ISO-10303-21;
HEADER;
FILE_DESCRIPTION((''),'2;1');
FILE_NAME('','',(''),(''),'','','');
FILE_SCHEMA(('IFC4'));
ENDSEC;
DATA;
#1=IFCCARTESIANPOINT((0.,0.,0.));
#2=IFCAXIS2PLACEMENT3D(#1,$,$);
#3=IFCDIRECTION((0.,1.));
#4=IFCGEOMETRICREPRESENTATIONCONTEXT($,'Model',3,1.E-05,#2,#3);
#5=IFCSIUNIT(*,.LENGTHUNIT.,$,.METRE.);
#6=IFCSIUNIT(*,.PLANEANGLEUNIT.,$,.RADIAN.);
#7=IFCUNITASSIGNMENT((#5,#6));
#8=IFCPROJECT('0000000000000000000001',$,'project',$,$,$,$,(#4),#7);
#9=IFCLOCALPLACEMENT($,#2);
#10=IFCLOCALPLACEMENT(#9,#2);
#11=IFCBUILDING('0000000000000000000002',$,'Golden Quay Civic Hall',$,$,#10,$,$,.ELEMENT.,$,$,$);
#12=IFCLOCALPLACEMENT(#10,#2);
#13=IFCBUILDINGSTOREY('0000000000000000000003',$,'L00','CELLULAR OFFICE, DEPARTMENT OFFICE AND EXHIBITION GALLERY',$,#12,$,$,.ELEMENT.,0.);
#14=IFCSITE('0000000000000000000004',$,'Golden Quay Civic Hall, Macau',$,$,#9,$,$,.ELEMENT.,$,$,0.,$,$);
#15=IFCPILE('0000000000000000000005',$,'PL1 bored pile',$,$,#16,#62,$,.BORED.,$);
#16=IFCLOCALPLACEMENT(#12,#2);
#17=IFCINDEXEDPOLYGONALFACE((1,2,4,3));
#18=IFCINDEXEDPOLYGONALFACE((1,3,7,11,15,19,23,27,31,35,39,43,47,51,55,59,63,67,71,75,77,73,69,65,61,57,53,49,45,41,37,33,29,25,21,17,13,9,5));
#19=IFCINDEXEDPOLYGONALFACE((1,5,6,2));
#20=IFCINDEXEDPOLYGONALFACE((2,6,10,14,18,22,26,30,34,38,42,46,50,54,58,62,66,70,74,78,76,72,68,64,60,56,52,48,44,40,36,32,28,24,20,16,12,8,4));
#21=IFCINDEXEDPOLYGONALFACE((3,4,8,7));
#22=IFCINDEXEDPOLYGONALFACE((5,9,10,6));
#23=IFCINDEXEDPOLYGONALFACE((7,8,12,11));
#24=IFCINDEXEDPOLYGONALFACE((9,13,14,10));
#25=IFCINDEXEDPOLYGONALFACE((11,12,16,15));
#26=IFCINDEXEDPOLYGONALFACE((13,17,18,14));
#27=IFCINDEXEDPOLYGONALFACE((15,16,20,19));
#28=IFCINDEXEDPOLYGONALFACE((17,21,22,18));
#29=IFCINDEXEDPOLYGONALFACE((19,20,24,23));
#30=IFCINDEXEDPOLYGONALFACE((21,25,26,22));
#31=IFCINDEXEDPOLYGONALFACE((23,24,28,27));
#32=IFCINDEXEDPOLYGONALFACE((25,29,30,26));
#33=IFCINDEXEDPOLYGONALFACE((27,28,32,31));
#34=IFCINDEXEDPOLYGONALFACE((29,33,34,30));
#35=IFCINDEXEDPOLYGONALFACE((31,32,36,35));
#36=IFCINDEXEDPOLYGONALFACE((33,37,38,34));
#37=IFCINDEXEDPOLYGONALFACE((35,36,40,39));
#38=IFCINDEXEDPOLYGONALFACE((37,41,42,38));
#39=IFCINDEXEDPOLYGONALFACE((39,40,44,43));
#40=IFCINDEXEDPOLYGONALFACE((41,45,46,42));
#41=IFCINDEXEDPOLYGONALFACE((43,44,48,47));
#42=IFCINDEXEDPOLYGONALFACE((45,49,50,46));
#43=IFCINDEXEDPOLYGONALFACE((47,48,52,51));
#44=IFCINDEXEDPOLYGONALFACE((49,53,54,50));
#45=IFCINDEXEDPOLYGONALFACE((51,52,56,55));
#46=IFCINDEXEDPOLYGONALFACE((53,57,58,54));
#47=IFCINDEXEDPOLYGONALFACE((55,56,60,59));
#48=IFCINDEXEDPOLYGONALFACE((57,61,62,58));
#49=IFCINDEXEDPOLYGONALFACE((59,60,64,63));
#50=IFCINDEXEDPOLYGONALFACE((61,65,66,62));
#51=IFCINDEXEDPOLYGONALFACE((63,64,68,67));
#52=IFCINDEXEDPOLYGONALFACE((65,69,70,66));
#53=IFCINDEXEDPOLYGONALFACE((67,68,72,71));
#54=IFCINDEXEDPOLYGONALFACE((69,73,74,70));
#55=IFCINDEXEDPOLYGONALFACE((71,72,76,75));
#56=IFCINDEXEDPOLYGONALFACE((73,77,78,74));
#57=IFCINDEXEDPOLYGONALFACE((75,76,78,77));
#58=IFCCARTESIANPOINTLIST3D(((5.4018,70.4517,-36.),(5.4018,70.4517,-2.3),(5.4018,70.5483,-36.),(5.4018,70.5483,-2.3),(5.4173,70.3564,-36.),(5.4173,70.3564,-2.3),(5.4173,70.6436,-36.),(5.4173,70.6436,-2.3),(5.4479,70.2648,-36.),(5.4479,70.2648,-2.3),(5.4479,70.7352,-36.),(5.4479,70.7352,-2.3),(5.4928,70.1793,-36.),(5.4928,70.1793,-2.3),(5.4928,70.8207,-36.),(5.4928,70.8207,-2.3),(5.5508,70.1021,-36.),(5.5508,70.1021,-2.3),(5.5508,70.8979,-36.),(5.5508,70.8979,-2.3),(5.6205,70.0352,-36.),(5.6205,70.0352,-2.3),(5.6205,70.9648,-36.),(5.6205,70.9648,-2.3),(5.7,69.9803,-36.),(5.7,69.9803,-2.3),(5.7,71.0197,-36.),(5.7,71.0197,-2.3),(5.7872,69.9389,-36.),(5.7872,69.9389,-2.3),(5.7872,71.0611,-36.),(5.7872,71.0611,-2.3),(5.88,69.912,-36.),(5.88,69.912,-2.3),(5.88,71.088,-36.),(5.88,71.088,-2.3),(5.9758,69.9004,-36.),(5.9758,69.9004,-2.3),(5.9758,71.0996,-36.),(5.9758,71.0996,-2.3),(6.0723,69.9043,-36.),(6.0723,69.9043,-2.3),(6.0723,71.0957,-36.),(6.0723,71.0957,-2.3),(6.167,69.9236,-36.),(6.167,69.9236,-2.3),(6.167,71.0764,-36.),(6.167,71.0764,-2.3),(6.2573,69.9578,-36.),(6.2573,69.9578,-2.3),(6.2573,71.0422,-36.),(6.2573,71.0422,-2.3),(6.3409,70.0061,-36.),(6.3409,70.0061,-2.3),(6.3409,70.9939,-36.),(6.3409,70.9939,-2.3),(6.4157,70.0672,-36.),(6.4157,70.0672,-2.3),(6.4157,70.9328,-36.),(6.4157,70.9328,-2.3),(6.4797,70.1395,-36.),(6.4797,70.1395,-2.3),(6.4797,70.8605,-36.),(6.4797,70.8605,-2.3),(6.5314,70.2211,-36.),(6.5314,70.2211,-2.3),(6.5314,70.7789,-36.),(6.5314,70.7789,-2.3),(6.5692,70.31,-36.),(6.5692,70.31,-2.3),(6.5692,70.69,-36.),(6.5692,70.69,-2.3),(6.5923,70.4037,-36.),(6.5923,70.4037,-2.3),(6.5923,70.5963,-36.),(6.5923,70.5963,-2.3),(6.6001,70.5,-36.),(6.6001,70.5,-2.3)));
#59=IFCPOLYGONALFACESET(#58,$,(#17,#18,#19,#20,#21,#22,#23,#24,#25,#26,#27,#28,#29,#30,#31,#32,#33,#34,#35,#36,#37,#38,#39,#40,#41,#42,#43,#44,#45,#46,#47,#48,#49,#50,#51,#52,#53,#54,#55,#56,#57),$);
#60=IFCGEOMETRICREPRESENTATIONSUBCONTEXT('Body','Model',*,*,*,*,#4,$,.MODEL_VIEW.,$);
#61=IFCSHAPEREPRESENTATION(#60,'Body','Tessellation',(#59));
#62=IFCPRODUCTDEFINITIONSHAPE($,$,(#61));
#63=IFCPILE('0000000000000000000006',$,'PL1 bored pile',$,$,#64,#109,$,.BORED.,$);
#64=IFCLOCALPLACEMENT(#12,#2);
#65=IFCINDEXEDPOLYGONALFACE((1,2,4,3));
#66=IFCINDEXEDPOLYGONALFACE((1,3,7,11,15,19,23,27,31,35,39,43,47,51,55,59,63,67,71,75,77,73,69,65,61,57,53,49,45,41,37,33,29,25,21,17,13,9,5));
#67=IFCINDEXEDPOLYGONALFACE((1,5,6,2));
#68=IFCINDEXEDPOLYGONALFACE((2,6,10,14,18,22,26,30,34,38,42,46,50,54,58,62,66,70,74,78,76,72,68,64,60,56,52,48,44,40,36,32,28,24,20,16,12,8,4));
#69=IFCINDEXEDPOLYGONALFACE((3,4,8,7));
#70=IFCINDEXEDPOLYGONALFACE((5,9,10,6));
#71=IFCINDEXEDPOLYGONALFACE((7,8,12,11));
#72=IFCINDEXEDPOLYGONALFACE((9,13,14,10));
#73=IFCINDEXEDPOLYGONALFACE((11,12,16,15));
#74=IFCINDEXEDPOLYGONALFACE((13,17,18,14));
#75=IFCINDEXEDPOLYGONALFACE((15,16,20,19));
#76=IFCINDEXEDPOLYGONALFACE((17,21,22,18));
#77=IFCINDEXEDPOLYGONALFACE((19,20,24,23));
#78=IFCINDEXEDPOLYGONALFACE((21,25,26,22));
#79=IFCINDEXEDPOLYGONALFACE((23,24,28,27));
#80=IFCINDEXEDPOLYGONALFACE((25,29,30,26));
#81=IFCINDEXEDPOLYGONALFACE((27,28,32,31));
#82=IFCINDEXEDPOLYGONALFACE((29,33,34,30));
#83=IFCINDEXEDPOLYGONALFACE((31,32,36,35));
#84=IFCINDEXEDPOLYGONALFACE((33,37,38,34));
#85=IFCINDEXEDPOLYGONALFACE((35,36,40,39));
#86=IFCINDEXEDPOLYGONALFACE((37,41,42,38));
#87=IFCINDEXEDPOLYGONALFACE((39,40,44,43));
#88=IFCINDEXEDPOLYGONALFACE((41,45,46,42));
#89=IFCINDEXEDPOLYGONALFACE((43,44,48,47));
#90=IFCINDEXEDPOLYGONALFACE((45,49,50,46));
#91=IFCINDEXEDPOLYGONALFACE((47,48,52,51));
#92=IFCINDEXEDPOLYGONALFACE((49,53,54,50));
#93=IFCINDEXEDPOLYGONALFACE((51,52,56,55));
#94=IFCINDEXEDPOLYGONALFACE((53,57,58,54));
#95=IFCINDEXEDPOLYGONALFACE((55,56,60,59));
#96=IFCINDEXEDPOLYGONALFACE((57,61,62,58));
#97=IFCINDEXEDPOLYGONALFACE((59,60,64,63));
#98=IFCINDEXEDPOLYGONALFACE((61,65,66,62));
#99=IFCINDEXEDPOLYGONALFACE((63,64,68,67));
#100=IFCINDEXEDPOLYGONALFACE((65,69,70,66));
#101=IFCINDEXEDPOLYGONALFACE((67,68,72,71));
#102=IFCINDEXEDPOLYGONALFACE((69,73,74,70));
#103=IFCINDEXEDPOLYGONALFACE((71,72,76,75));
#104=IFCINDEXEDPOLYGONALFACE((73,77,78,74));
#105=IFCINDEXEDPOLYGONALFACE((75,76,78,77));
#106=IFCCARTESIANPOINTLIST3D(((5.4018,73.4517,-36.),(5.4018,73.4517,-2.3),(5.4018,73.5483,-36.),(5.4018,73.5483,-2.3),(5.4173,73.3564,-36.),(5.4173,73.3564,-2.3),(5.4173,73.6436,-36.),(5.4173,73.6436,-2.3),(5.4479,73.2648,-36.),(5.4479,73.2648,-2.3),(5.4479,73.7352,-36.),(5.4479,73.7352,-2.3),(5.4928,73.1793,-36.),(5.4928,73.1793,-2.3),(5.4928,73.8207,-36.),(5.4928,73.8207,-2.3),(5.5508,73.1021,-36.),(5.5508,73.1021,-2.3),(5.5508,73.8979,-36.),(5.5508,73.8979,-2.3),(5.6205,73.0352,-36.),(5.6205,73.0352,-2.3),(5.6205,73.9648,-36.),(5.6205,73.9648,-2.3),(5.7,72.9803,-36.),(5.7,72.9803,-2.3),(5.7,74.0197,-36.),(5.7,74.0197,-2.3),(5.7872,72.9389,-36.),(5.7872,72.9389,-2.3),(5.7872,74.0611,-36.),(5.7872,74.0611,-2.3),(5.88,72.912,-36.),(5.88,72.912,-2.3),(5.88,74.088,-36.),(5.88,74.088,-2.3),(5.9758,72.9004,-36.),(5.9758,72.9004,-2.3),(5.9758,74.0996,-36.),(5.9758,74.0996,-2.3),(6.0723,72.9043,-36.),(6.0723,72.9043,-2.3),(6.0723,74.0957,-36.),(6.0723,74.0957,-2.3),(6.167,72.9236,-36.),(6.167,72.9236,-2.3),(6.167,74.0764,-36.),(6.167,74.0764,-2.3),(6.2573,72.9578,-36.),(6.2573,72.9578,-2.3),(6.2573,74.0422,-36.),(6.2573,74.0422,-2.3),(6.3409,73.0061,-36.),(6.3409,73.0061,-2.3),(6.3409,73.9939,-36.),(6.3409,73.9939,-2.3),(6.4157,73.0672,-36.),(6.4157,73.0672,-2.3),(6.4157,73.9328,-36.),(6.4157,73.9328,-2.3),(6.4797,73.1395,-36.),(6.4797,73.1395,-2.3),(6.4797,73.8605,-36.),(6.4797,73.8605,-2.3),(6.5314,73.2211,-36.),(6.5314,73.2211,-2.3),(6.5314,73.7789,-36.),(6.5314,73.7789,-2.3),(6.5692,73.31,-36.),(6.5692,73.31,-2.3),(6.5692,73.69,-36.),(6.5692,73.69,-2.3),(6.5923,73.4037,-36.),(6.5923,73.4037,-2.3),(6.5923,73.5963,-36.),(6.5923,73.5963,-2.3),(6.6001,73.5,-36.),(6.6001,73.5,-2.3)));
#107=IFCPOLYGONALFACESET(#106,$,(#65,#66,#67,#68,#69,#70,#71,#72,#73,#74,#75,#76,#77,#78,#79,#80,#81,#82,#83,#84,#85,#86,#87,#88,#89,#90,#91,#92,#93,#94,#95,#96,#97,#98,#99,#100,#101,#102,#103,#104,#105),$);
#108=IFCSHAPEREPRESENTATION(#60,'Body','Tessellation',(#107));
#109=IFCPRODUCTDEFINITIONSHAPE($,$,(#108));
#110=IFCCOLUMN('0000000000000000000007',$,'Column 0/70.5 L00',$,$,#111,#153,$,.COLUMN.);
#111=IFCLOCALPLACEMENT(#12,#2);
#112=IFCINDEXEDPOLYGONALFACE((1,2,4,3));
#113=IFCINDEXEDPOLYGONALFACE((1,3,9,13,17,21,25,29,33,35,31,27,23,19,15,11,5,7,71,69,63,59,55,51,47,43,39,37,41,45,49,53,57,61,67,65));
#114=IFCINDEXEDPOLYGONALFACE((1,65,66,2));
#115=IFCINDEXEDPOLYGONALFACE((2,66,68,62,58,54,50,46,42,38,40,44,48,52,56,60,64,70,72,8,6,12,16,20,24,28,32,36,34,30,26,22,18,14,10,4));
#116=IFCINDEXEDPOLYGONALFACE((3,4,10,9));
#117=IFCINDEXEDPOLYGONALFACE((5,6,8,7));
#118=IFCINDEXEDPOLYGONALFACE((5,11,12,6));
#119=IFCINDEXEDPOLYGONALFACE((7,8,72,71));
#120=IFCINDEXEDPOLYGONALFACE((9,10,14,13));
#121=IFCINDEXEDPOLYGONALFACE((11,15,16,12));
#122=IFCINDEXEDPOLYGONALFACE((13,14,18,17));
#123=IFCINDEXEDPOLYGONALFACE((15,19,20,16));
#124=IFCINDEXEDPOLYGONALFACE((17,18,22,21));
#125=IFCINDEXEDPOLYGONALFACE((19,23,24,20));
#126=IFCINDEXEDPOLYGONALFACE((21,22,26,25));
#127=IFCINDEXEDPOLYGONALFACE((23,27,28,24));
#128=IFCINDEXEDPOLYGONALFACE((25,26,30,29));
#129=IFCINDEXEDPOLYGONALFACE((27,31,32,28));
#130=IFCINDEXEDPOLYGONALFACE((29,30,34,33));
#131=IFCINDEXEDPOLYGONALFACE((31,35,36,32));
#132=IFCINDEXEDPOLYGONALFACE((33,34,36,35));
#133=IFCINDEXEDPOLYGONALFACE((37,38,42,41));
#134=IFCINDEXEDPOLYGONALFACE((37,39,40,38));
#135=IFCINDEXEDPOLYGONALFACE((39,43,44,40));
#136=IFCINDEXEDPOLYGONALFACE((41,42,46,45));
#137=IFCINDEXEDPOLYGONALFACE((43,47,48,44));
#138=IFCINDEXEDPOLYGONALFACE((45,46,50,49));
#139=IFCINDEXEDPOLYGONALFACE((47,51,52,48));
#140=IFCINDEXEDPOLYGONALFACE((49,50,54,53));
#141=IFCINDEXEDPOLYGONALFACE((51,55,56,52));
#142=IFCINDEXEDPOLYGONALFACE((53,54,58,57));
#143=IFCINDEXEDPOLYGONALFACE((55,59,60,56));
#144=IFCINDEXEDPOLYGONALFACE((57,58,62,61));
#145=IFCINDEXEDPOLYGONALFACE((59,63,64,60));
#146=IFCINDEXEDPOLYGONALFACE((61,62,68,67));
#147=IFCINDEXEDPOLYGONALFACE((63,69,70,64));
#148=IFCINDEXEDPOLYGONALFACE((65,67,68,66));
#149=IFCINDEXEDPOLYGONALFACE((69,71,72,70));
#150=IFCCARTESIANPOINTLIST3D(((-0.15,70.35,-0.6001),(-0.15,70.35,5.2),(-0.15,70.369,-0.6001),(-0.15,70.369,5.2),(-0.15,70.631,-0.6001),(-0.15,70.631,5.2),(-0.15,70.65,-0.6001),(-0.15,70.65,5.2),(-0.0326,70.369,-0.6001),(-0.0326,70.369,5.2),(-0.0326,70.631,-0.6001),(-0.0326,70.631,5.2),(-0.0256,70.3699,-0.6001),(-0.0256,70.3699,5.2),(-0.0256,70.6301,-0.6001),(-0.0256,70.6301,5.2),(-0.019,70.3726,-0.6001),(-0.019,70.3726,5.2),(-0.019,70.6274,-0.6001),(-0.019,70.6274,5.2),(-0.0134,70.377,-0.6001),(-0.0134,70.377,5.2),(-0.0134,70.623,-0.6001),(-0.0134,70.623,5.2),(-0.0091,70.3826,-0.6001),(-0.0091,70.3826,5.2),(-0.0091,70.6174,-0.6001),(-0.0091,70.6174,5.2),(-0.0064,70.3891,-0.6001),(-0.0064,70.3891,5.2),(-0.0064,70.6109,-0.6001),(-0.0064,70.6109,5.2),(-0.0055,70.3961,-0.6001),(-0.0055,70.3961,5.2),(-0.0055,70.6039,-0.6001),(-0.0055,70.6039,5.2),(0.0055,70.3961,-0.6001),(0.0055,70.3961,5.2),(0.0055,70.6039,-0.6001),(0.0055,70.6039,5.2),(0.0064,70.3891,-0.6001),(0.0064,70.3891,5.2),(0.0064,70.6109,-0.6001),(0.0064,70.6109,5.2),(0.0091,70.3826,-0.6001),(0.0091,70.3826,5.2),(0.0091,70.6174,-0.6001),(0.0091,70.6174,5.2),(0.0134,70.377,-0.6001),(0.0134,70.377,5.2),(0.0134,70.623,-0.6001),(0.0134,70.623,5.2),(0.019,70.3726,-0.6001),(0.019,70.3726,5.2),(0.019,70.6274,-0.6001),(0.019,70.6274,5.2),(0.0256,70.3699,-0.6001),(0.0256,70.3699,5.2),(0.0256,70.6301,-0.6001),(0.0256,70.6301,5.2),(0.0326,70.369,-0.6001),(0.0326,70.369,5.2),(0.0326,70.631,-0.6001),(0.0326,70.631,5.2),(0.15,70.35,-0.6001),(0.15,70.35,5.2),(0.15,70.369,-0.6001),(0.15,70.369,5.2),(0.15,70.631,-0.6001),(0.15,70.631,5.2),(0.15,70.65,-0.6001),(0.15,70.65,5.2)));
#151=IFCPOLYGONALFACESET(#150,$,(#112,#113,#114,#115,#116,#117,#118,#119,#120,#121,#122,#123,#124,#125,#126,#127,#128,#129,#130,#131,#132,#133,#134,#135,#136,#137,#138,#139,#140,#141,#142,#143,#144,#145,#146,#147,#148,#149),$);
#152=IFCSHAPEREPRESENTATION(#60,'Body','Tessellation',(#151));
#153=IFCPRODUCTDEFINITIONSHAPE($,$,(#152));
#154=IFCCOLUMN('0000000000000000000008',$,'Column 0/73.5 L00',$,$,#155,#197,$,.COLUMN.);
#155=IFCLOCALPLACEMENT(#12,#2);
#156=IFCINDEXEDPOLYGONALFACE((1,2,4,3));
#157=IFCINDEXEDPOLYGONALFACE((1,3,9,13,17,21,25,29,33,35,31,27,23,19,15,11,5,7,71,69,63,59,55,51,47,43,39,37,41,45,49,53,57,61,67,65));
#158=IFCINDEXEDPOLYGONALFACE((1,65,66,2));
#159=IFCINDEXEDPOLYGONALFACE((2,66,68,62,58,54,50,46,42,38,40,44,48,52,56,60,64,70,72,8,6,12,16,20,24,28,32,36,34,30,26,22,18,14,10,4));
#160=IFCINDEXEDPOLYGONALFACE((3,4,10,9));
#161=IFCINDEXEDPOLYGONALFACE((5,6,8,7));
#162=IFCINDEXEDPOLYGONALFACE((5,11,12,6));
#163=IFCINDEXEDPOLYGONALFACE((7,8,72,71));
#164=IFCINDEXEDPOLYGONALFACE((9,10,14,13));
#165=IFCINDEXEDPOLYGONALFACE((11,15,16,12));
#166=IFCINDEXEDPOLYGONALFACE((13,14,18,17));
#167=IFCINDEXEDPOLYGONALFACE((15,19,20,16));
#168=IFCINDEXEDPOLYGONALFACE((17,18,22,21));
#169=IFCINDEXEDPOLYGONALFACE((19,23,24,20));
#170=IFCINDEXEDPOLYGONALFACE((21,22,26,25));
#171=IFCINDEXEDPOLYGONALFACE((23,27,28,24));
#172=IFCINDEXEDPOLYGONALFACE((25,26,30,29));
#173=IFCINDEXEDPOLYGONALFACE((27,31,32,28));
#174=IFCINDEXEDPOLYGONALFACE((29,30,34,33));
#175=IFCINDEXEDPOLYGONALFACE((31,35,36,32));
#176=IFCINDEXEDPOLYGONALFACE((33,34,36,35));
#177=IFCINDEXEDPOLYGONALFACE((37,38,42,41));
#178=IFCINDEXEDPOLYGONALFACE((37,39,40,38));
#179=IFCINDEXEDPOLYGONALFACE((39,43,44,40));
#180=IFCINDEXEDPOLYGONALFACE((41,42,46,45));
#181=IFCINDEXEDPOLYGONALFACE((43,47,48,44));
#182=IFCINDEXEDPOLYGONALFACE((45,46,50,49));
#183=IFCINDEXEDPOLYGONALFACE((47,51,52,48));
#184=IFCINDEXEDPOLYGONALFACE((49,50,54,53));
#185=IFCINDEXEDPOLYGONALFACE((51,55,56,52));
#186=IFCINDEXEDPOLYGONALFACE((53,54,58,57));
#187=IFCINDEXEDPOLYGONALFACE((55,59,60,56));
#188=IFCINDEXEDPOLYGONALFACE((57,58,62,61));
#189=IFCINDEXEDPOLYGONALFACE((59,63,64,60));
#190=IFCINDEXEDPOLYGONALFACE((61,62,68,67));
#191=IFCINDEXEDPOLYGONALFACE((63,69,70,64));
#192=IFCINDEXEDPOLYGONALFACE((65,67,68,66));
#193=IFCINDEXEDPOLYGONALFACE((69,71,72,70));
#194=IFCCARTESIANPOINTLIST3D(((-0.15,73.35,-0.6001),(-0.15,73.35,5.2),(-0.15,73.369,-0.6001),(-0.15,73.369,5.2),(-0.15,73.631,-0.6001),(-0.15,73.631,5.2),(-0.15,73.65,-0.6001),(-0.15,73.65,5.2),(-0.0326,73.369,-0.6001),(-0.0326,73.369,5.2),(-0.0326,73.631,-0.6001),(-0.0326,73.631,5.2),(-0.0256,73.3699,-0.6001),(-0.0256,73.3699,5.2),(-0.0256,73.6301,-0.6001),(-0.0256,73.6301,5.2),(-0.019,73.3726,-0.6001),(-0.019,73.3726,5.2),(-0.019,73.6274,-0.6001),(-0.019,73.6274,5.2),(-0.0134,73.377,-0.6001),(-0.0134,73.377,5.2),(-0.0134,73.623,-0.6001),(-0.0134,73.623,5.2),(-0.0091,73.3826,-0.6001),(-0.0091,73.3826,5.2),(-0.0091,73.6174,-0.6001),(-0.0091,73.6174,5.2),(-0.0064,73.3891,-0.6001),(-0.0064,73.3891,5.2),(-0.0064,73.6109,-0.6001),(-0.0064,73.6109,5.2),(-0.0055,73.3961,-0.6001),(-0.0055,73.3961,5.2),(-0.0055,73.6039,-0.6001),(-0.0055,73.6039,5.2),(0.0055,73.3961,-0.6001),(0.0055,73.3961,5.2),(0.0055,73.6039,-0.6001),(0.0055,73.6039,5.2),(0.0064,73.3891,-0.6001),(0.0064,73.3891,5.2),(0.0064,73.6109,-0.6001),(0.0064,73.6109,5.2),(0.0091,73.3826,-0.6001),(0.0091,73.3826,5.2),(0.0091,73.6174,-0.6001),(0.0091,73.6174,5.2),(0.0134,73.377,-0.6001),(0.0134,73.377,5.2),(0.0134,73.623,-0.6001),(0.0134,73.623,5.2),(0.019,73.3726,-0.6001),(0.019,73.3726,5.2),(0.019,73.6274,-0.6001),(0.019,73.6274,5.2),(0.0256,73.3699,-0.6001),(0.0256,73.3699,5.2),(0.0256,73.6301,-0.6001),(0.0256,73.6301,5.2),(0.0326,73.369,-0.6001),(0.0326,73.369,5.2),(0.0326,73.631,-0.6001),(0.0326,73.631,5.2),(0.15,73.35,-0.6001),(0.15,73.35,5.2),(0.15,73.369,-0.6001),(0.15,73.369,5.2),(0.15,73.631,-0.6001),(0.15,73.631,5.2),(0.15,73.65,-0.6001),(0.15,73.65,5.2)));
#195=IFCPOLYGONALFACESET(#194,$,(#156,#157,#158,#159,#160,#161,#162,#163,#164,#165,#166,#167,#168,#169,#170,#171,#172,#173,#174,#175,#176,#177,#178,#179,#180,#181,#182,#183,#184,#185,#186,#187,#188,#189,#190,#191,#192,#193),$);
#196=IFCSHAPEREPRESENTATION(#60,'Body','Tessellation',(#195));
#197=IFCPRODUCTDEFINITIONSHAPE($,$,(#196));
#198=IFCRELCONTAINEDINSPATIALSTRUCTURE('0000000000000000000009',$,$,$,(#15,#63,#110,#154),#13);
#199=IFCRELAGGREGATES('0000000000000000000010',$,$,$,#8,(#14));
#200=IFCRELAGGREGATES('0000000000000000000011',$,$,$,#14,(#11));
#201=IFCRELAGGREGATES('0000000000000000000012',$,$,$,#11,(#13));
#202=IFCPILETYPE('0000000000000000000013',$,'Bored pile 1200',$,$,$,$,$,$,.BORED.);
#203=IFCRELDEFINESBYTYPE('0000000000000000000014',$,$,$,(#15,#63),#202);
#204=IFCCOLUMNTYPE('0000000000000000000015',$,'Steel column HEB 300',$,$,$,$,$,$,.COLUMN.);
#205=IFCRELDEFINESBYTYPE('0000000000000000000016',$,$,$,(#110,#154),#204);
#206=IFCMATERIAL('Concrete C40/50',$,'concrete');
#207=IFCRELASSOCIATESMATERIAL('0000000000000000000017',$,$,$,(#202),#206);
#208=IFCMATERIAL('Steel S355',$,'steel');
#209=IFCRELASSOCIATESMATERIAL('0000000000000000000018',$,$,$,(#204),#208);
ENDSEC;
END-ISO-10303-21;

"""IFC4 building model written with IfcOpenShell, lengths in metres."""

from ifc_helpers import new_model, si_unit, direction, frame, origin, origin_2d, place, context, subcontext, project, spatial, circle, i_section, extrude, material, material_profile, profile_set, type_object, element, save


model = new_model("IFC4")

# Units and contexts
model_context = context("Model", 3, precision=1e-05, world=origin(), true_north=direction((0.0, 1.0)))
body_context = subcontext(model_context, "Body", "Model", "MODEL_VIEW")
ifc_project = project(units=[si_unit("LENGTHUNIT", "METRE"), si_unit("PLANEANGLEUNIT", "RADIAN")], contexts=[model_context])

# Site, building, storey
site_placement = place(None, origin())
site = spatial("IfcSite", under=ifc_project, at=site_placement, Name="Golden Quay Civic Hall, Macau", CompositionType="ELEMENT", RefElevation=0.0)
building_placement = place(site_placement, origin())
building = spatial("IfcBuilding", under=site, at=building_placement, Name="Golden Quay Civic Hall", CompositionType="ELEMENT")
storey_placement = place(building_placement, origin())
storey = spatial("IfcBuildingStorey", under=building, at=storey_placement, Name="L00", Description="CELLULAR OFFICE, DEPARTMENT OFFICE AND EXHIBITION GALLERY", CompositionType="ELEMENT", Elevation=0.0)

# Piles
ifc_material_1 = material(Name="Concrete C40/50", Category="concrete")
ifc_material_profile_1 = material_profile(ifc_material_1, circle(Radius=0.6001, at=origin_2d()), Name="RC D1200")
ifc_profile_set_1 = profile_set([ifc_material_profile_1], Name="Concrete C40/50")
pile_type = type_object("IfcPileType", Name="Bored pile 1200", PredefinedType="BORED", material=ifc_profile_set_1)
for number, where, z_axis, x_axis, name in (
    (1, (6.0, 70.5, -2.3), (0.0, 0.0, -1.0), (1.0, 0.0, 0.0), "PL1 bored pile"),
    (2, (6.0, 73.5, -2.3), (0.0, 0.0, -1.0), (1.0, 0.0, 0.0), "PL1 bored pile"),
):
    element("IfcPile", number, at=place(storey_placement, frame(where, z_axis=z_axis, x_axis=x_axis)), inside=storey, type_object=pile_type, Name=name, PredefinedType="BORED", context=body_context, shape_type="SweptSolid", body=[
        extrude(circle(Radius=0.6001, at=origin_2d()), origin(), (0.0, 0.0, 1.0), 33.7),
    ])

# Columns
ifc_material_2 = material(Name="Steel S355", Category="steel")
ifc_material_profile_2 = material_profile(ifc_material_2, i_section(OverallWidth=0.3, OverallDepth=0.3, WebThickness=0.011, FlangeThickness=0.019, FilletRadius=0.0271, at=origin_2d()), Name="HEB 300")
ifc_profile_set_2 = profile_set([ifc_material_profile_2], Name="Steel S355")
column_type_1 = type_object("IfcColumnType", Name="Steel column HEB 300", PredefinedType="COLUMN", material=ifc_profile_set_2)
for number, where, z_axis, x_axis, name in (
    (3, (0.0, 70.5, -0.6001), (0.0, 0.0, 1.0), (1.0, 0.0, 0.0), "Column 0/70.5 L00"),
    (4, (0.0, 73.5, -0.6001), (0.0, 0.0, 1.0), (1.0, 0.0, 0.0), "Column 0/73.5 L00"),
):
    element("IfcColumn", number, at=place(storey_placement, frame(where, z_axis=z_axis, x_axis=x_axis)), inside=storey, type_object=column_type_1, Name=name, PredefinedType="COLUMN", context=body_context, shape_type="SweptSolid", body=[
        extrude(i_section(OverallWidth=0.3, OverallDepth=0.3, WebThickness=0.011, FlangeThickness=0.019, FilletRadius=0.0271, at=origin_2d()), origin(), (0.0, 0.0, 1.0), 5.8),
    ])

save(model, "model.ifc")
